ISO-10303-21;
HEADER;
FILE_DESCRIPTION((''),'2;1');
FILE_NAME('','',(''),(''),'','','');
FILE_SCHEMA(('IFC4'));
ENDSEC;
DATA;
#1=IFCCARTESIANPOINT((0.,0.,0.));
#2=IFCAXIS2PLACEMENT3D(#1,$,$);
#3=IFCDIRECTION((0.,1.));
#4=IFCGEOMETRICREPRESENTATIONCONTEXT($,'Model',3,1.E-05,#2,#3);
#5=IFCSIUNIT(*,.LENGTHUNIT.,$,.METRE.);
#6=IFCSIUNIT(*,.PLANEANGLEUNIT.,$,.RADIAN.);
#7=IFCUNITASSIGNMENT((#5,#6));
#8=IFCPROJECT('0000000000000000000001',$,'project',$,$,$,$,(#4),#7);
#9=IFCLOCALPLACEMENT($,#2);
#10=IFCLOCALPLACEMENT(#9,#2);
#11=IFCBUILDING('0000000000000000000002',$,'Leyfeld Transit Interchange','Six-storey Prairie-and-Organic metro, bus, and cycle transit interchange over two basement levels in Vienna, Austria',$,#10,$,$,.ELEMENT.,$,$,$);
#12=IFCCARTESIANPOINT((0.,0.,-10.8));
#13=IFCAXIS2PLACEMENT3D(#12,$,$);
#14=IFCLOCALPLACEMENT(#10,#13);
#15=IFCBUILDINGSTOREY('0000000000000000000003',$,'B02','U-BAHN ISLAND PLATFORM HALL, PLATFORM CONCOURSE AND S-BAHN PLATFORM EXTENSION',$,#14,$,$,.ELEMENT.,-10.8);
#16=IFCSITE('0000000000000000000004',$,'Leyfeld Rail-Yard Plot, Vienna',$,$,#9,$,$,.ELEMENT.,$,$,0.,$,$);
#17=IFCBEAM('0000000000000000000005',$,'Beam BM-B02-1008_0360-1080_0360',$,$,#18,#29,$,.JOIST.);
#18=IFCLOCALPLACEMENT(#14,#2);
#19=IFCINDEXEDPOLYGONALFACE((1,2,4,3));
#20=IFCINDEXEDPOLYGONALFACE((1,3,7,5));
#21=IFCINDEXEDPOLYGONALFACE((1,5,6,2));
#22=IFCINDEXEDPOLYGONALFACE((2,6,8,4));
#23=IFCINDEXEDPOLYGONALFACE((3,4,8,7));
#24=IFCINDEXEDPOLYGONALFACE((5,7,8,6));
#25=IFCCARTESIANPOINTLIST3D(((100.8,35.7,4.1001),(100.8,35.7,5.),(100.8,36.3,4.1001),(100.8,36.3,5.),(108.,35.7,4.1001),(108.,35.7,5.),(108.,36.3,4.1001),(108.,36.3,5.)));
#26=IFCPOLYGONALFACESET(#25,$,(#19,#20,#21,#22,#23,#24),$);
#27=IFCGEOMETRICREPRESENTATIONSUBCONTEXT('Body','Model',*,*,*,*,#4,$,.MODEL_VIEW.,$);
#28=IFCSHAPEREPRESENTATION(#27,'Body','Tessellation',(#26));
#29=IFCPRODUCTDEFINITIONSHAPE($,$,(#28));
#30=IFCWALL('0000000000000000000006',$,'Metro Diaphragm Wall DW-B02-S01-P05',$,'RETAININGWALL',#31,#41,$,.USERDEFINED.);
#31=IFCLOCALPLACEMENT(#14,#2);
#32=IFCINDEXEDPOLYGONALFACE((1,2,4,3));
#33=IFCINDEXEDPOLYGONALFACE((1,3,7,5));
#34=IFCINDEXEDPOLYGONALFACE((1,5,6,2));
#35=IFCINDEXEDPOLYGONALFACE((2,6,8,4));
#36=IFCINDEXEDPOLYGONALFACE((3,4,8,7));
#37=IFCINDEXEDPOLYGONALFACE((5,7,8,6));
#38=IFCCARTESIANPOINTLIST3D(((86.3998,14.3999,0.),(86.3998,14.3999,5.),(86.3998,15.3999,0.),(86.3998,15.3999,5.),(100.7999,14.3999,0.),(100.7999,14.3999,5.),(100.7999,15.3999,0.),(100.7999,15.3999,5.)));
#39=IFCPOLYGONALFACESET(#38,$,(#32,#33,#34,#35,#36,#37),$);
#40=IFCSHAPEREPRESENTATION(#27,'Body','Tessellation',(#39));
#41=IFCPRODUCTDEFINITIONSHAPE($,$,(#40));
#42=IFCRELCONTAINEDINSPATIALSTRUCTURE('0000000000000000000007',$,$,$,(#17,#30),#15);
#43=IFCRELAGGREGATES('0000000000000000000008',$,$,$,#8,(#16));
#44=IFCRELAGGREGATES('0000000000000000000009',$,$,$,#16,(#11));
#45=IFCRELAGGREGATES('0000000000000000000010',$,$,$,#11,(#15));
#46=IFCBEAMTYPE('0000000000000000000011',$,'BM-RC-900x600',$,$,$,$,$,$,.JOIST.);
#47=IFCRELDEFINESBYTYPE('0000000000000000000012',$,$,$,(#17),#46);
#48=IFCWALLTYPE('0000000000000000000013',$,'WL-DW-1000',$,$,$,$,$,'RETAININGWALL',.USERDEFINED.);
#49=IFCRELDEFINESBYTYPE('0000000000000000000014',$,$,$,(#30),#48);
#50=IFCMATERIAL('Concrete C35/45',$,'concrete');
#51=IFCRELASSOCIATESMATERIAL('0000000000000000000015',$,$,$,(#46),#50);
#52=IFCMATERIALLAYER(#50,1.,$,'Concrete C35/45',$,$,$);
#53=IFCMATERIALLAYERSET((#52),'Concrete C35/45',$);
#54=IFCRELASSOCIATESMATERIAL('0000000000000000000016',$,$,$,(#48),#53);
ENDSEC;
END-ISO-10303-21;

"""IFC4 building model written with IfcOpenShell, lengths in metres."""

from ifc_helpers import new_model, si_unit, direction, frame, frame_2d, origin, origin_2d, place, context, subcontext, project, spatial, rectangle, extrude, material, layer, layer_set, material_profile, profile_set, type_object, element, save


model = new_model("IFC4")

# Units and contexts
model_context = context("Model", 3, precision=1e-05, world=origin(), true_north=direction((0.0, 1.0)))
body_context = subcontext(model_context, "Body", "Model", "MODEL_VIEW")
ifc_project = project(units=[si_unit("LENGTHUNIT", "METRE"), si_unit("PLANEANGLEUNIT", "RADIAN")], contexts=[model_context])

# Site, building, storey
site_placement = place(None, origin())
site = spatial("IfcSite", under=ifc_project, at=site_placement, Name="Leyfeld Rail-Yard Plot, Vienna", CompositionType="ELEMENT", RefElevation=0.0)
building_placement = place(site_placement, origin())
building = spatial("IfcBuilding", under=site, at=building_placement, Name="Leyfeld Transit Interchange", Description="Six-storey Prairie-and-Organic metro, bus, and cycle transit interchange over two basement levels in Vienna, Austria", CompositionType="ELEMENT")
storey_placement = place(building_placement, frame((0.0, 0.0, -10.8)))
storey = spatial("IfcBuildingStorey", under=building, at=storey_placement, Name="B02", Description="U-BAHN ISLAND PLATFORM HALL, PLATFORM CONCOURSE AND S-BAHN PLATFORM EXTENSION", CompositionType="ELEMENT", Elevation=-10.8)

# Shared definitions
ifc_material = material(Name="Concrete C35/45", Category="concrete")

# Beam
ifc_material_profile_1 = material_profile(ifc_material, rectangle(XDim=0.6001, YDim=0.8999, at=origin_2d()), Name="RC 900x600")
ifc_profile_set_1 = profile_set([ifc_material_profile_1], Name="Concrete C35/45")
beam_type_1 = type_object("IfcBeamType", Name="BM-RC-900x600", PredefinedType="JOIST", material=ifc_profile_set_1)
for number, where, z_axis, x_axis, name in (
    (1, (100.8, 36.0, 4.55), (1.0, 0.0, 0.0), (0.0, 1.0, 0.0), "Beam BM-B02-1008_0360-1080_0360"),
):
    element("IfcBeam", number, at=place(storey_placement, frame(where, z_axis=z_axis, x_axis=x_axis)), inside=storey, type_object=beam_type_1, Name=name, PredefinedType="JOIST", context=body_context, shape_type="SweptSolid", body=[
        extrude(rectangle(XDim=0.6001, YDim=0.8999, at=origin_2d()), origin(), (0.0, 0.0, 1.0), 7.2),
    ])

# Wall
ifc_layer = layer(ifc_material, 1.0, Name="Concrete C35/45")
ifc_layer_set = layer_set([ifc_layer], Name="Concrete C35/45")
wall_type = type_object("IfcWallType", Name="WL-DW-1000", ElementType="RETAININGWALL", PredefinedType="USERDEFINED", material=ifc_layer_set)
wall_placement = place(storey_placement, frame((100.8, 14.8999, 0.0), z_axis=(0.0, 0.0, 1.0), x_axis=(-1.0, 0.0, 0.0)))
element("IfcWall", 2, at=wall_placement, inside=storey, type_object=wall_type, Name="Metro Diaphragm Wall DW-B02-S01-P05", ObjectType="RETAININGWALL", PredefinedType="USERDEFINED", context=body_context, shape_type="SweptSolid", body=[
    extrude(rectangle(XDim=14.4001, YDim=1.0, at=frame_2d((7.2002, 0.0))), origin(), (0.0, 0.0, 1.0), 5.0),
])

save(model, "model.ifc")
